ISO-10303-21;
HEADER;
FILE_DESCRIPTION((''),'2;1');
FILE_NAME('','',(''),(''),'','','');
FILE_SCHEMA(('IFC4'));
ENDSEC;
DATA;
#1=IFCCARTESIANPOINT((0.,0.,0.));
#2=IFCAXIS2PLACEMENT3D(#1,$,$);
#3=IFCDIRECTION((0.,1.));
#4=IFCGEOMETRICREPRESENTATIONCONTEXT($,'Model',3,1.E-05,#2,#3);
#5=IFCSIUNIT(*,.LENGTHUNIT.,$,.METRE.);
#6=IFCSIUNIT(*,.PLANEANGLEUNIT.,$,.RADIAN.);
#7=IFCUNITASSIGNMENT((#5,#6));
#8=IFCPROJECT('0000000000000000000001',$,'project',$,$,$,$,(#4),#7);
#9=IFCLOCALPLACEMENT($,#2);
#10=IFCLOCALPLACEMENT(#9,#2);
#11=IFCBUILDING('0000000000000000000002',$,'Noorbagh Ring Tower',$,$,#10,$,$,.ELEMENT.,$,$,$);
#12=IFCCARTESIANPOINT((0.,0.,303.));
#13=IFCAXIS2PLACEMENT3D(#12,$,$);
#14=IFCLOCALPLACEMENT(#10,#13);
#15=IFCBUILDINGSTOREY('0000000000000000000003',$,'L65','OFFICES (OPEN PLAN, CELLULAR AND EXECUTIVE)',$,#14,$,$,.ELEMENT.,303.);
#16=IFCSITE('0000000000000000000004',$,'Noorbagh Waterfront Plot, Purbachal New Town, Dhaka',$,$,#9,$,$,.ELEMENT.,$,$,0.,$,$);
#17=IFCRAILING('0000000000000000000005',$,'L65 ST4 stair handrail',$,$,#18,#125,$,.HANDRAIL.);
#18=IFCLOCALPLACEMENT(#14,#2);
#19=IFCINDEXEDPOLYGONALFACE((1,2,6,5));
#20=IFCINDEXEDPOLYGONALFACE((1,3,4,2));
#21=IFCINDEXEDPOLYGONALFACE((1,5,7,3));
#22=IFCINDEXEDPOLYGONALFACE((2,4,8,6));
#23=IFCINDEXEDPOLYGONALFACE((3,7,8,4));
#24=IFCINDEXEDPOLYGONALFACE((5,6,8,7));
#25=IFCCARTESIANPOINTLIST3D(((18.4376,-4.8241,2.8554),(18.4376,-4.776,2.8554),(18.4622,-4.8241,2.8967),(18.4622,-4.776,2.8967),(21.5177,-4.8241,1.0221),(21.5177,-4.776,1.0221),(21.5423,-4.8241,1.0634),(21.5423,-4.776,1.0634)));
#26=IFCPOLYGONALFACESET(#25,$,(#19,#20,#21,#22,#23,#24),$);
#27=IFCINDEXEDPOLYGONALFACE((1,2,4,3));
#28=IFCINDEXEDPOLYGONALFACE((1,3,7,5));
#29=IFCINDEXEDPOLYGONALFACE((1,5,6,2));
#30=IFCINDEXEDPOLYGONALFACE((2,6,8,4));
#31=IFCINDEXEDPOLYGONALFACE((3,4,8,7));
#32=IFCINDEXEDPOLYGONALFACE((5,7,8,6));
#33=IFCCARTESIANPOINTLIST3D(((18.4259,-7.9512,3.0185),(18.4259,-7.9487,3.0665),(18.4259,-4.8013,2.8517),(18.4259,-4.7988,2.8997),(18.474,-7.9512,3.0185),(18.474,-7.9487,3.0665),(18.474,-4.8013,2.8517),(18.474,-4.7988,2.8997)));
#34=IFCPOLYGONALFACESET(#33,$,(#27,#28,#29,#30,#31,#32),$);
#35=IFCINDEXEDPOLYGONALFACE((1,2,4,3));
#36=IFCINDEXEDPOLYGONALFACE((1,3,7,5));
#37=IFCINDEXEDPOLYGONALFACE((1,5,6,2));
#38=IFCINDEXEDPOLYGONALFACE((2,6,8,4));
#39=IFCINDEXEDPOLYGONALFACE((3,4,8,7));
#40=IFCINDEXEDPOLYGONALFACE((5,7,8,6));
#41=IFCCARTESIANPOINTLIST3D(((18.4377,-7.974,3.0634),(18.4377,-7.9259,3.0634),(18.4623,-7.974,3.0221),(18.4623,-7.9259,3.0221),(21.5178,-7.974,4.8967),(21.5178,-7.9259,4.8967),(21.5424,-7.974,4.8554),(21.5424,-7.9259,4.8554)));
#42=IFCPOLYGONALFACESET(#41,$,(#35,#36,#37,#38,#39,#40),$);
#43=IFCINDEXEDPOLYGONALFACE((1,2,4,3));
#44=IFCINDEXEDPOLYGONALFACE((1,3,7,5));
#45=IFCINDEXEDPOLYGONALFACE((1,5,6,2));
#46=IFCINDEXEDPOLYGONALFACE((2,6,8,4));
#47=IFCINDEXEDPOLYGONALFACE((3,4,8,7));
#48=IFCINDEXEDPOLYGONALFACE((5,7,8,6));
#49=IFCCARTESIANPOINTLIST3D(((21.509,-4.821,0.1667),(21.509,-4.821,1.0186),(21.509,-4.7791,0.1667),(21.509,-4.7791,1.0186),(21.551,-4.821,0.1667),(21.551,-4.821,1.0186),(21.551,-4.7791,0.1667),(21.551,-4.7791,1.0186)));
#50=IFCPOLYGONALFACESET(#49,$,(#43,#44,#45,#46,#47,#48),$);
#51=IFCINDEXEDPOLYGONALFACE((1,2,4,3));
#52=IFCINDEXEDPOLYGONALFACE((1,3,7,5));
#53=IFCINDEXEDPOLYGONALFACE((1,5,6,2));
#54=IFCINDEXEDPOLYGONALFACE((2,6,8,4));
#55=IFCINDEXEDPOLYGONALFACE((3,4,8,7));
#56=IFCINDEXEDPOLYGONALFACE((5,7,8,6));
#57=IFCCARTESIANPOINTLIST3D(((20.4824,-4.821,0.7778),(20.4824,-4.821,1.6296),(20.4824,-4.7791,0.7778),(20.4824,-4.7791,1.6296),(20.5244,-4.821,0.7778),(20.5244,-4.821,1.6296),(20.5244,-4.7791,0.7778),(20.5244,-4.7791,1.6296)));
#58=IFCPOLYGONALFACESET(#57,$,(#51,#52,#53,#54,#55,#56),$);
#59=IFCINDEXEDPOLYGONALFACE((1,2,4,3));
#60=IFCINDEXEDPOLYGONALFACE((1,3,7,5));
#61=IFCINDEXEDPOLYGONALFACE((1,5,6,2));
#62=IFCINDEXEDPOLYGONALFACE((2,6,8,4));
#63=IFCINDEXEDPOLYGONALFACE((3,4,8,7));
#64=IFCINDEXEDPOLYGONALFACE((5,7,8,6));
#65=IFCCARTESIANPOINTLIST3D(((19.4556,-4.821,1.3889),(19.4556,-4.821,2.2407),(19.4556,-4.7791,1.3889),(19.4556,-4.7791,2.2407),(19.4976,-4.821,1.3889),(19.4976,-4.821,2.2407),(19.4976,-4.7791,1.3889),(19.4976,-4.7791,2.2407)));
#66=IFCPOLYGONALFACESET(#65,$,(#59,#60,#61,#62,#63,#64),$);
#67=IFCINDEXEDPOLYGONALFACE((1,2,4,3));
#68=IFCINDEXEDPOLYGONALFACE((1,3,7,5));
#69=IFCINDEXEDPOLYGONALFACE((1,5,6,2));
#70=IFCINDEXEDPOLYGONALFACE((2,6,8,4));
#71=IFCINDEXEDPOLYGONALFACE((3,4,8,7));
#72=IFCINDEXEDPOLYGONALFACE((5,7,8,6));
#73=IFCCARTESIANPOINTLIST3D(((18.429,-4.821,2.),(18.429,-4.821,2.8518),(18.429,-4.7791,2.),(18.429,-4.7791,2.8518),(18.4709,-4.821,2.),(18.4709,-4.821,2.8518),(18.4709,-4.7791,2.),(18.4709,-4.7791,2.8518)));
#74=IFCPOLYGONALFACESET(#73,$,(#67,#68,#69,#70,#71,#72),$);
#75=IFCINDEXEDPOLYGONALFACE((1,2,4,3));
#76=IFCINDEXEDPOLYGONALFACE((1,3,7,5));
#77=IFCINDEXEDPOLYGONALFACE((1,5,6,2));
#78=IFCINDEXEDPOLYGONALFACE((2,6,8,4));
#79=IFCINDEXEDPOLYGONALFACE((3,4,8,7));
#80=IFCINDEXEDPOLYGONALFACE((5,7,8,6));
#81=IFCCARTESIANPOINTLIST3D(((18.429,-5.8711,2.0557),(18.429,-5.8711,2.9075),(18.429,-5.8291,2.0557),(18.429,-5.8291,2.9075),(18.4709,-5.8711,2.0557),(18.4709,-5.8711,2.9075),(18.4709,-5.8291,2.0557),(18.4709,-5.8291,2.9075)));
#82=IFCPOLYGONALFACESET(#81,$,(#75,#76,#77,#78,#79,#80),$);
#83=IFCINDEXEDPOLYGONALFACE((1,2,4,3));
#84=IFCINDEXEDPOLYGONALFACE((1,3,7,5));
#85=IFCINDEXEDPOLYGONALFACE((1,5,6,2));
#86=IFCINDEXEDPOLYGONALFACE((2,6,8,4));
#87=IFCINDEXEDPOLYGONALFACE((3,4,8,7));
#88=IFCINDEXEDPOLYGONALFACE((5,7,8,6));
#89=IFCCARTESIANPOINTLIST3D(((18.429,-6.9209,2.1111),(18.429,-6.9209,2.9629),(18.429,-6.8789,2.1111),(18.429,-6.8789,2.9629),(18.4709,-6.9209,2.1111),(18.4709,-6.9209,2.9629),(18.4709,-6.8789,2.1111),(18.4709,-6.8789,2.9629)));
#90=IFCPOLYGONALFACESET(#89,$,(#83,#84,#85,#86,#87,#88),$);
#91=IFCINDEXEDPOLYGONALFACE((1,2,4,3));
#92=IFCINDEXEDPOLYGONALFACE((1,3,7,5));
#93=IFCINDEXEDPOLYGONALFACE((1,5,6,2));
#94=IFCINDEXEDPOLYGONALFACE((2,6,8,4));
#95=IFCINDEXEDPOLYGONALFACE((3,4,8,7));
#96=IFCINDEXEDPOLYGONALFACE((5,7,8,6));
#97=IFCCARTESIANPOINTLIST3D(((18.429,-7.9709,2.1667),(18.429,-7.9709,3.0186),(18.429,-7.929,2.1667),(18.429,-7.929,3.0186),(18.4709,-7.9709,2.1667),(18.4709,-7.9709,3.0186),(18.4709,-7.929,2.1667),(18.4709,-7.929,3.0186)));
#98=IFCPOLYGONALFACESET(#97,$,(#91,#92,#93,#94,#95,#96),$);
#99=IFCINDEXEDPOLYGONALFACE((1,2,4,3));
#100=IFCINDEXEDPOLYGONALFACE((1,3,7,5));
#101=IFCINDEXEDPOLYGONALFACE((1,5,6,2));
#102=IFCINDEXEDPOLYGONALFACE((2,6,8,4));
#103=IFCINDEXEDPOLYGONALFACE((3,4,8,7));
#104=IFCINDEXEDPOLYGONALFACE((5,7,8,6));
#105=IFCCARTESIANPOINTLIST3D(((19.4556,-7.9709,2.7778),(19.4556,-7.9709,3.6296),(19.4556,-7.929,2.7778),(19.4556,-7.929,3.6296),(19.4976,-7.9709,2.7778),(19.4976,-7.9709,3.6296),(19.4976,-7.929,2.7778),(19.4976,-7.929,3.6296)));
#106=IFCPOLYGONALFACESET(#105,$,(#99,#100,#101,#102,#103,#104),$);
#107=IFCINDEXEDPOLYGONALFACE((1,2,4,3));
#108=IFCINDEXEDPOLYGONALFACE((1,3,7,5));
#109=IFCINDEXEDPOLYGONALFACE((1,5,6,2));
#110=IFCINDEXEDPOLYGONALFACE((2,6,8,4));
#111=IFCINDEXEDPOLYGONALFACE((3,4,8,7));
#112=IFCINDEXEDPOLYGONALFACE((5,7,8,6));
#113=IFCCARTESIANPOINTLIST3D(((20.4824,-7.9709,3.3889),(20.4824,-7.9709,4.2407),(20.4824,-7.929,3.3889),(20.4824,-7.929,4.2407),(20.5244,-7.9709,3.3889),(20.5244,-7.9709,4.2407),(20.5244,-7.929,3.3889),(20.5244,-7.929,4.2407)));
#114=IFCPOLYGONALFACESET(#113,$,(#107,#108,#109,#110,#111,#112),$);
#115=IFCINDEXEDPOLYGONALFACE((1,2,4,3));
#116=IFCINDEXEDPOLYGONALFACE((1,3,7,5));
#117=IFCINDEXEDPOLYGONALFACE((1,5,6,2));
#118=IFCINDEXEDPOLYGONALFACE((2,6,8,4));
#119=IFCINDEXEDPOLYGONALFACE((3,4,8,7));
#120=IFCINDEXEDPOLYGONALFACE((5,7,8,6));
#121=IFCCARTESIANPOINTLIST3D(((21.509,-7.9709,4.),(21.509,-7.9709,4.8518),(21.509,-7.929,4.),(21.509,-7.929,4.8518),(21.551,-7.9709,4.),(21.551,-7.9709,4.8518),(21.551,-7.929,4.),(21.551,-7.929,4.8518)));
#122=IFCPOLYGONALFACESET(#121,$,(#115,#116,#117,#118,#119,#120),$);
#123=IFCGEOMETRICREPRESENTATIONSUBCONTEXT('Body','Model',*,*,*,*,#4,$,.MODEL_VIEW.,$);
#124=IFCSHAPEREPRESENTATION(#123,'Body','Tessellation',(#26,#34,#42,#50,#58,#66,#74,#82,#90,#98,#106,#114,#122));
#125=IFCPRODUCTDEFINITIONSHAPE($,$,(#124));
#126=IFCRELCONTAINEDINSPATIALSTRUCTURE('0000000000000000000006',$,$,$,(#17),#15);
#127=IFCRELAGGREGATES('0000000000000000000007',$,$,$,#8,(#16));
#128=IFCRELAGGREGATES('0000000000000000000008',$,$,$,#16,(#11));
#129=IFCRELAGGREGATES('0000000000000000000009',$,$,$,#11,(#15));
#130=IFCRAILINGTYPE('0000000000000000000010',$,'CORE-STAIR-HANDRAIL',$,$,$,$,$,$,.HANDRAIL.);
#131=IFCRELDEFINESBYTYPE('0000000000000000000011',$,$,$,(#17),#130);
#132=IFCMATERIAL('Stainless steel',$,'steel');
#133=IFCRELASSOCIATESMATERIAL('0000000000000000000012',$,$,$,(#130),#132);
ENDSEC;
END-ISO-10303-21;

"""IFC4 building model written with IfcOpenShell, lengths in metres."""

from ifc_helpers import new_model, si_unit, direction, frame, origin, origin_2d, place, context, subcontext, project, spatial, rectangle, extrude, material, type_object, element, save


model = new_model("IFC4")

# Units and contexts
model_context = context("Model", 3, precision=1e-05, world=origin(), true_north=direction((0.0, 1.0)))
body_context = subcontext(model_context, "Body", "Model", "MODEL_VIEW")
ifc_project = project(units=[si_unit("LENGTHUNIT", "METRE"), si_unit("PLANEANGLEUNIT", "RADIAN")], contexts=[model_context])

# Site, building, storey
site_placement = place(None, origin())
site = spatial("IfcSite", under=ifc_project, at=site_placement, Name="Noorbagh Waterfront Plot, Purbachal New Town, Dhaka", CompositionType="ELEMENT", RefElevation=0.0)
building_placement = place(site_placement, origin())
building = spatial("IfcBuilding", under=site, at=building_placement, Name="Noorbagh Ring Tower", CompositionType="ELEMENT")
storey_placement = place(building_placement, frame((0.0, 0.0, 303.0)))
storey = spatial("IfcBuildingStorey", under=building, at=storey_placement, Name="L65", Description="OFFICES (OPEN PLAN, CELLULAR AND EXECUTIVE)", CompositionType="ELEMENT", Elevation=303.0)

# Railing
ifc_material_1 = material(Name="Stainless steel", Category="steel")
railing_type_1 = type_object("IfcRailingType", Name="CORE-STAIR-HANDRAIL", PredefinedType="HANDRAIL", material=ifc_material_1)
railing_1_placement = place(storey_placement, frame((21.53, -4.8, 0.1667)))
element("IfcRailing", 1, at=railing_1_placement, inside=storey, type_object=railing_type_1, Name="L65 ST4 stair handrail", PredefinedType="HANDRAIL", context=body_context, shape_type="SweptSolid", body=[
    extrude(rectangle(XDim=0.0481, YDim=0.0481, at=origin_2d()), frame((0.0, 0.0, 0.876), z_axis=(-0.859309, 0.0, 0.511458), x_axis=(0.0, -1.0, 0.0)), (0.0, 0.0, 1.0), 3.5845),
    extrude(rectangle(XDim=0.0481, YDim=0.0481, at=origin_2d()), frame((-3.0801, 0.0, 2.709), z_axis=(0.0, -0.998602, 0.052864), x_axis=(1.0, 0.0, 0.0)), (0.0, 0.0, 1.0), 3.1543),
    extrude(rectangle(XDim=0.0481, YDim=0.0481, at=origin_2d()), frame((-3.0801, -3.1499, 2.876), z_axis=(0.859309, 0.0, 0.511458), x_axis=(0.0, 1.0, 0.0)), (0.0, 0.0, 1.0), 3.5845),
    extrude(rectangle(XDim=0.042, YDim=0.042, at=origin_2d()), origin(), (0.0, 0.0, 1.0), 0.8518),
    extrude(rectangle(XDim=0.042, YDim=0.042, at=origin_2d()), frame((-1.0266, 0.0, 0.6111)), (0.0, 0.0, 1.0), 0.8518),
    extrude(rectangle(XDim=0.042, YDim=0.042, at=origin_2d()), frame((-2.0535, 0.0, 1.2222)), (0.0, 0.0, 1.0), 0.8518),
    extrude(rectangle(XDim=0.042, YDim=0.042, at=origin_2d()), frame((-3.0801, 0.0, 1.8333)), (0.0, 0.0, 1.0), 0.8518),
    extrude(rectangle(XDim=0.042, YDim=0.042, at=origin_2d()), frame((-3.0801, -1.05, 1.8889)), (0.0, 0.0, 1.0), 0.8518),
    extrude(rectangle(XDim=0.042, YDim=0.042, at=origin_2d()), frame((-3.0801, -2.0999, 1.9443)), (0.0, 0.0, 1.0), 0.8518),
    extrude(rectangle(XDim=0.042, YDim=0.042, at=origin_2d()), frame((-3.0801, -3.1499, 2.0)), (0.0, 0.0, 1.0), 0.8518),
    extrude(rectangle(XDim=0.042, YDim=0.042, at=origin_2d()), frame((-2.0535, -3.1499, 2.6111)), (0.0, 0.0, 1.0), 0.8518),
    extrude(rectangle(XDim=0.042, YDim=0.042, at=origin_2d()), frame((-1.0266, -3.1499, 3.2222)), (0.0, 0.0, 1.0), 0.8518),
    extrude(rectangle(XDim=0.042, YDim=0.042, at=origin_2d()), frame((0.0, -3.1499, 3.8333)), (0.0, 0.0, 1.0), 0.8518),
])

save(model, "model.ifc")
